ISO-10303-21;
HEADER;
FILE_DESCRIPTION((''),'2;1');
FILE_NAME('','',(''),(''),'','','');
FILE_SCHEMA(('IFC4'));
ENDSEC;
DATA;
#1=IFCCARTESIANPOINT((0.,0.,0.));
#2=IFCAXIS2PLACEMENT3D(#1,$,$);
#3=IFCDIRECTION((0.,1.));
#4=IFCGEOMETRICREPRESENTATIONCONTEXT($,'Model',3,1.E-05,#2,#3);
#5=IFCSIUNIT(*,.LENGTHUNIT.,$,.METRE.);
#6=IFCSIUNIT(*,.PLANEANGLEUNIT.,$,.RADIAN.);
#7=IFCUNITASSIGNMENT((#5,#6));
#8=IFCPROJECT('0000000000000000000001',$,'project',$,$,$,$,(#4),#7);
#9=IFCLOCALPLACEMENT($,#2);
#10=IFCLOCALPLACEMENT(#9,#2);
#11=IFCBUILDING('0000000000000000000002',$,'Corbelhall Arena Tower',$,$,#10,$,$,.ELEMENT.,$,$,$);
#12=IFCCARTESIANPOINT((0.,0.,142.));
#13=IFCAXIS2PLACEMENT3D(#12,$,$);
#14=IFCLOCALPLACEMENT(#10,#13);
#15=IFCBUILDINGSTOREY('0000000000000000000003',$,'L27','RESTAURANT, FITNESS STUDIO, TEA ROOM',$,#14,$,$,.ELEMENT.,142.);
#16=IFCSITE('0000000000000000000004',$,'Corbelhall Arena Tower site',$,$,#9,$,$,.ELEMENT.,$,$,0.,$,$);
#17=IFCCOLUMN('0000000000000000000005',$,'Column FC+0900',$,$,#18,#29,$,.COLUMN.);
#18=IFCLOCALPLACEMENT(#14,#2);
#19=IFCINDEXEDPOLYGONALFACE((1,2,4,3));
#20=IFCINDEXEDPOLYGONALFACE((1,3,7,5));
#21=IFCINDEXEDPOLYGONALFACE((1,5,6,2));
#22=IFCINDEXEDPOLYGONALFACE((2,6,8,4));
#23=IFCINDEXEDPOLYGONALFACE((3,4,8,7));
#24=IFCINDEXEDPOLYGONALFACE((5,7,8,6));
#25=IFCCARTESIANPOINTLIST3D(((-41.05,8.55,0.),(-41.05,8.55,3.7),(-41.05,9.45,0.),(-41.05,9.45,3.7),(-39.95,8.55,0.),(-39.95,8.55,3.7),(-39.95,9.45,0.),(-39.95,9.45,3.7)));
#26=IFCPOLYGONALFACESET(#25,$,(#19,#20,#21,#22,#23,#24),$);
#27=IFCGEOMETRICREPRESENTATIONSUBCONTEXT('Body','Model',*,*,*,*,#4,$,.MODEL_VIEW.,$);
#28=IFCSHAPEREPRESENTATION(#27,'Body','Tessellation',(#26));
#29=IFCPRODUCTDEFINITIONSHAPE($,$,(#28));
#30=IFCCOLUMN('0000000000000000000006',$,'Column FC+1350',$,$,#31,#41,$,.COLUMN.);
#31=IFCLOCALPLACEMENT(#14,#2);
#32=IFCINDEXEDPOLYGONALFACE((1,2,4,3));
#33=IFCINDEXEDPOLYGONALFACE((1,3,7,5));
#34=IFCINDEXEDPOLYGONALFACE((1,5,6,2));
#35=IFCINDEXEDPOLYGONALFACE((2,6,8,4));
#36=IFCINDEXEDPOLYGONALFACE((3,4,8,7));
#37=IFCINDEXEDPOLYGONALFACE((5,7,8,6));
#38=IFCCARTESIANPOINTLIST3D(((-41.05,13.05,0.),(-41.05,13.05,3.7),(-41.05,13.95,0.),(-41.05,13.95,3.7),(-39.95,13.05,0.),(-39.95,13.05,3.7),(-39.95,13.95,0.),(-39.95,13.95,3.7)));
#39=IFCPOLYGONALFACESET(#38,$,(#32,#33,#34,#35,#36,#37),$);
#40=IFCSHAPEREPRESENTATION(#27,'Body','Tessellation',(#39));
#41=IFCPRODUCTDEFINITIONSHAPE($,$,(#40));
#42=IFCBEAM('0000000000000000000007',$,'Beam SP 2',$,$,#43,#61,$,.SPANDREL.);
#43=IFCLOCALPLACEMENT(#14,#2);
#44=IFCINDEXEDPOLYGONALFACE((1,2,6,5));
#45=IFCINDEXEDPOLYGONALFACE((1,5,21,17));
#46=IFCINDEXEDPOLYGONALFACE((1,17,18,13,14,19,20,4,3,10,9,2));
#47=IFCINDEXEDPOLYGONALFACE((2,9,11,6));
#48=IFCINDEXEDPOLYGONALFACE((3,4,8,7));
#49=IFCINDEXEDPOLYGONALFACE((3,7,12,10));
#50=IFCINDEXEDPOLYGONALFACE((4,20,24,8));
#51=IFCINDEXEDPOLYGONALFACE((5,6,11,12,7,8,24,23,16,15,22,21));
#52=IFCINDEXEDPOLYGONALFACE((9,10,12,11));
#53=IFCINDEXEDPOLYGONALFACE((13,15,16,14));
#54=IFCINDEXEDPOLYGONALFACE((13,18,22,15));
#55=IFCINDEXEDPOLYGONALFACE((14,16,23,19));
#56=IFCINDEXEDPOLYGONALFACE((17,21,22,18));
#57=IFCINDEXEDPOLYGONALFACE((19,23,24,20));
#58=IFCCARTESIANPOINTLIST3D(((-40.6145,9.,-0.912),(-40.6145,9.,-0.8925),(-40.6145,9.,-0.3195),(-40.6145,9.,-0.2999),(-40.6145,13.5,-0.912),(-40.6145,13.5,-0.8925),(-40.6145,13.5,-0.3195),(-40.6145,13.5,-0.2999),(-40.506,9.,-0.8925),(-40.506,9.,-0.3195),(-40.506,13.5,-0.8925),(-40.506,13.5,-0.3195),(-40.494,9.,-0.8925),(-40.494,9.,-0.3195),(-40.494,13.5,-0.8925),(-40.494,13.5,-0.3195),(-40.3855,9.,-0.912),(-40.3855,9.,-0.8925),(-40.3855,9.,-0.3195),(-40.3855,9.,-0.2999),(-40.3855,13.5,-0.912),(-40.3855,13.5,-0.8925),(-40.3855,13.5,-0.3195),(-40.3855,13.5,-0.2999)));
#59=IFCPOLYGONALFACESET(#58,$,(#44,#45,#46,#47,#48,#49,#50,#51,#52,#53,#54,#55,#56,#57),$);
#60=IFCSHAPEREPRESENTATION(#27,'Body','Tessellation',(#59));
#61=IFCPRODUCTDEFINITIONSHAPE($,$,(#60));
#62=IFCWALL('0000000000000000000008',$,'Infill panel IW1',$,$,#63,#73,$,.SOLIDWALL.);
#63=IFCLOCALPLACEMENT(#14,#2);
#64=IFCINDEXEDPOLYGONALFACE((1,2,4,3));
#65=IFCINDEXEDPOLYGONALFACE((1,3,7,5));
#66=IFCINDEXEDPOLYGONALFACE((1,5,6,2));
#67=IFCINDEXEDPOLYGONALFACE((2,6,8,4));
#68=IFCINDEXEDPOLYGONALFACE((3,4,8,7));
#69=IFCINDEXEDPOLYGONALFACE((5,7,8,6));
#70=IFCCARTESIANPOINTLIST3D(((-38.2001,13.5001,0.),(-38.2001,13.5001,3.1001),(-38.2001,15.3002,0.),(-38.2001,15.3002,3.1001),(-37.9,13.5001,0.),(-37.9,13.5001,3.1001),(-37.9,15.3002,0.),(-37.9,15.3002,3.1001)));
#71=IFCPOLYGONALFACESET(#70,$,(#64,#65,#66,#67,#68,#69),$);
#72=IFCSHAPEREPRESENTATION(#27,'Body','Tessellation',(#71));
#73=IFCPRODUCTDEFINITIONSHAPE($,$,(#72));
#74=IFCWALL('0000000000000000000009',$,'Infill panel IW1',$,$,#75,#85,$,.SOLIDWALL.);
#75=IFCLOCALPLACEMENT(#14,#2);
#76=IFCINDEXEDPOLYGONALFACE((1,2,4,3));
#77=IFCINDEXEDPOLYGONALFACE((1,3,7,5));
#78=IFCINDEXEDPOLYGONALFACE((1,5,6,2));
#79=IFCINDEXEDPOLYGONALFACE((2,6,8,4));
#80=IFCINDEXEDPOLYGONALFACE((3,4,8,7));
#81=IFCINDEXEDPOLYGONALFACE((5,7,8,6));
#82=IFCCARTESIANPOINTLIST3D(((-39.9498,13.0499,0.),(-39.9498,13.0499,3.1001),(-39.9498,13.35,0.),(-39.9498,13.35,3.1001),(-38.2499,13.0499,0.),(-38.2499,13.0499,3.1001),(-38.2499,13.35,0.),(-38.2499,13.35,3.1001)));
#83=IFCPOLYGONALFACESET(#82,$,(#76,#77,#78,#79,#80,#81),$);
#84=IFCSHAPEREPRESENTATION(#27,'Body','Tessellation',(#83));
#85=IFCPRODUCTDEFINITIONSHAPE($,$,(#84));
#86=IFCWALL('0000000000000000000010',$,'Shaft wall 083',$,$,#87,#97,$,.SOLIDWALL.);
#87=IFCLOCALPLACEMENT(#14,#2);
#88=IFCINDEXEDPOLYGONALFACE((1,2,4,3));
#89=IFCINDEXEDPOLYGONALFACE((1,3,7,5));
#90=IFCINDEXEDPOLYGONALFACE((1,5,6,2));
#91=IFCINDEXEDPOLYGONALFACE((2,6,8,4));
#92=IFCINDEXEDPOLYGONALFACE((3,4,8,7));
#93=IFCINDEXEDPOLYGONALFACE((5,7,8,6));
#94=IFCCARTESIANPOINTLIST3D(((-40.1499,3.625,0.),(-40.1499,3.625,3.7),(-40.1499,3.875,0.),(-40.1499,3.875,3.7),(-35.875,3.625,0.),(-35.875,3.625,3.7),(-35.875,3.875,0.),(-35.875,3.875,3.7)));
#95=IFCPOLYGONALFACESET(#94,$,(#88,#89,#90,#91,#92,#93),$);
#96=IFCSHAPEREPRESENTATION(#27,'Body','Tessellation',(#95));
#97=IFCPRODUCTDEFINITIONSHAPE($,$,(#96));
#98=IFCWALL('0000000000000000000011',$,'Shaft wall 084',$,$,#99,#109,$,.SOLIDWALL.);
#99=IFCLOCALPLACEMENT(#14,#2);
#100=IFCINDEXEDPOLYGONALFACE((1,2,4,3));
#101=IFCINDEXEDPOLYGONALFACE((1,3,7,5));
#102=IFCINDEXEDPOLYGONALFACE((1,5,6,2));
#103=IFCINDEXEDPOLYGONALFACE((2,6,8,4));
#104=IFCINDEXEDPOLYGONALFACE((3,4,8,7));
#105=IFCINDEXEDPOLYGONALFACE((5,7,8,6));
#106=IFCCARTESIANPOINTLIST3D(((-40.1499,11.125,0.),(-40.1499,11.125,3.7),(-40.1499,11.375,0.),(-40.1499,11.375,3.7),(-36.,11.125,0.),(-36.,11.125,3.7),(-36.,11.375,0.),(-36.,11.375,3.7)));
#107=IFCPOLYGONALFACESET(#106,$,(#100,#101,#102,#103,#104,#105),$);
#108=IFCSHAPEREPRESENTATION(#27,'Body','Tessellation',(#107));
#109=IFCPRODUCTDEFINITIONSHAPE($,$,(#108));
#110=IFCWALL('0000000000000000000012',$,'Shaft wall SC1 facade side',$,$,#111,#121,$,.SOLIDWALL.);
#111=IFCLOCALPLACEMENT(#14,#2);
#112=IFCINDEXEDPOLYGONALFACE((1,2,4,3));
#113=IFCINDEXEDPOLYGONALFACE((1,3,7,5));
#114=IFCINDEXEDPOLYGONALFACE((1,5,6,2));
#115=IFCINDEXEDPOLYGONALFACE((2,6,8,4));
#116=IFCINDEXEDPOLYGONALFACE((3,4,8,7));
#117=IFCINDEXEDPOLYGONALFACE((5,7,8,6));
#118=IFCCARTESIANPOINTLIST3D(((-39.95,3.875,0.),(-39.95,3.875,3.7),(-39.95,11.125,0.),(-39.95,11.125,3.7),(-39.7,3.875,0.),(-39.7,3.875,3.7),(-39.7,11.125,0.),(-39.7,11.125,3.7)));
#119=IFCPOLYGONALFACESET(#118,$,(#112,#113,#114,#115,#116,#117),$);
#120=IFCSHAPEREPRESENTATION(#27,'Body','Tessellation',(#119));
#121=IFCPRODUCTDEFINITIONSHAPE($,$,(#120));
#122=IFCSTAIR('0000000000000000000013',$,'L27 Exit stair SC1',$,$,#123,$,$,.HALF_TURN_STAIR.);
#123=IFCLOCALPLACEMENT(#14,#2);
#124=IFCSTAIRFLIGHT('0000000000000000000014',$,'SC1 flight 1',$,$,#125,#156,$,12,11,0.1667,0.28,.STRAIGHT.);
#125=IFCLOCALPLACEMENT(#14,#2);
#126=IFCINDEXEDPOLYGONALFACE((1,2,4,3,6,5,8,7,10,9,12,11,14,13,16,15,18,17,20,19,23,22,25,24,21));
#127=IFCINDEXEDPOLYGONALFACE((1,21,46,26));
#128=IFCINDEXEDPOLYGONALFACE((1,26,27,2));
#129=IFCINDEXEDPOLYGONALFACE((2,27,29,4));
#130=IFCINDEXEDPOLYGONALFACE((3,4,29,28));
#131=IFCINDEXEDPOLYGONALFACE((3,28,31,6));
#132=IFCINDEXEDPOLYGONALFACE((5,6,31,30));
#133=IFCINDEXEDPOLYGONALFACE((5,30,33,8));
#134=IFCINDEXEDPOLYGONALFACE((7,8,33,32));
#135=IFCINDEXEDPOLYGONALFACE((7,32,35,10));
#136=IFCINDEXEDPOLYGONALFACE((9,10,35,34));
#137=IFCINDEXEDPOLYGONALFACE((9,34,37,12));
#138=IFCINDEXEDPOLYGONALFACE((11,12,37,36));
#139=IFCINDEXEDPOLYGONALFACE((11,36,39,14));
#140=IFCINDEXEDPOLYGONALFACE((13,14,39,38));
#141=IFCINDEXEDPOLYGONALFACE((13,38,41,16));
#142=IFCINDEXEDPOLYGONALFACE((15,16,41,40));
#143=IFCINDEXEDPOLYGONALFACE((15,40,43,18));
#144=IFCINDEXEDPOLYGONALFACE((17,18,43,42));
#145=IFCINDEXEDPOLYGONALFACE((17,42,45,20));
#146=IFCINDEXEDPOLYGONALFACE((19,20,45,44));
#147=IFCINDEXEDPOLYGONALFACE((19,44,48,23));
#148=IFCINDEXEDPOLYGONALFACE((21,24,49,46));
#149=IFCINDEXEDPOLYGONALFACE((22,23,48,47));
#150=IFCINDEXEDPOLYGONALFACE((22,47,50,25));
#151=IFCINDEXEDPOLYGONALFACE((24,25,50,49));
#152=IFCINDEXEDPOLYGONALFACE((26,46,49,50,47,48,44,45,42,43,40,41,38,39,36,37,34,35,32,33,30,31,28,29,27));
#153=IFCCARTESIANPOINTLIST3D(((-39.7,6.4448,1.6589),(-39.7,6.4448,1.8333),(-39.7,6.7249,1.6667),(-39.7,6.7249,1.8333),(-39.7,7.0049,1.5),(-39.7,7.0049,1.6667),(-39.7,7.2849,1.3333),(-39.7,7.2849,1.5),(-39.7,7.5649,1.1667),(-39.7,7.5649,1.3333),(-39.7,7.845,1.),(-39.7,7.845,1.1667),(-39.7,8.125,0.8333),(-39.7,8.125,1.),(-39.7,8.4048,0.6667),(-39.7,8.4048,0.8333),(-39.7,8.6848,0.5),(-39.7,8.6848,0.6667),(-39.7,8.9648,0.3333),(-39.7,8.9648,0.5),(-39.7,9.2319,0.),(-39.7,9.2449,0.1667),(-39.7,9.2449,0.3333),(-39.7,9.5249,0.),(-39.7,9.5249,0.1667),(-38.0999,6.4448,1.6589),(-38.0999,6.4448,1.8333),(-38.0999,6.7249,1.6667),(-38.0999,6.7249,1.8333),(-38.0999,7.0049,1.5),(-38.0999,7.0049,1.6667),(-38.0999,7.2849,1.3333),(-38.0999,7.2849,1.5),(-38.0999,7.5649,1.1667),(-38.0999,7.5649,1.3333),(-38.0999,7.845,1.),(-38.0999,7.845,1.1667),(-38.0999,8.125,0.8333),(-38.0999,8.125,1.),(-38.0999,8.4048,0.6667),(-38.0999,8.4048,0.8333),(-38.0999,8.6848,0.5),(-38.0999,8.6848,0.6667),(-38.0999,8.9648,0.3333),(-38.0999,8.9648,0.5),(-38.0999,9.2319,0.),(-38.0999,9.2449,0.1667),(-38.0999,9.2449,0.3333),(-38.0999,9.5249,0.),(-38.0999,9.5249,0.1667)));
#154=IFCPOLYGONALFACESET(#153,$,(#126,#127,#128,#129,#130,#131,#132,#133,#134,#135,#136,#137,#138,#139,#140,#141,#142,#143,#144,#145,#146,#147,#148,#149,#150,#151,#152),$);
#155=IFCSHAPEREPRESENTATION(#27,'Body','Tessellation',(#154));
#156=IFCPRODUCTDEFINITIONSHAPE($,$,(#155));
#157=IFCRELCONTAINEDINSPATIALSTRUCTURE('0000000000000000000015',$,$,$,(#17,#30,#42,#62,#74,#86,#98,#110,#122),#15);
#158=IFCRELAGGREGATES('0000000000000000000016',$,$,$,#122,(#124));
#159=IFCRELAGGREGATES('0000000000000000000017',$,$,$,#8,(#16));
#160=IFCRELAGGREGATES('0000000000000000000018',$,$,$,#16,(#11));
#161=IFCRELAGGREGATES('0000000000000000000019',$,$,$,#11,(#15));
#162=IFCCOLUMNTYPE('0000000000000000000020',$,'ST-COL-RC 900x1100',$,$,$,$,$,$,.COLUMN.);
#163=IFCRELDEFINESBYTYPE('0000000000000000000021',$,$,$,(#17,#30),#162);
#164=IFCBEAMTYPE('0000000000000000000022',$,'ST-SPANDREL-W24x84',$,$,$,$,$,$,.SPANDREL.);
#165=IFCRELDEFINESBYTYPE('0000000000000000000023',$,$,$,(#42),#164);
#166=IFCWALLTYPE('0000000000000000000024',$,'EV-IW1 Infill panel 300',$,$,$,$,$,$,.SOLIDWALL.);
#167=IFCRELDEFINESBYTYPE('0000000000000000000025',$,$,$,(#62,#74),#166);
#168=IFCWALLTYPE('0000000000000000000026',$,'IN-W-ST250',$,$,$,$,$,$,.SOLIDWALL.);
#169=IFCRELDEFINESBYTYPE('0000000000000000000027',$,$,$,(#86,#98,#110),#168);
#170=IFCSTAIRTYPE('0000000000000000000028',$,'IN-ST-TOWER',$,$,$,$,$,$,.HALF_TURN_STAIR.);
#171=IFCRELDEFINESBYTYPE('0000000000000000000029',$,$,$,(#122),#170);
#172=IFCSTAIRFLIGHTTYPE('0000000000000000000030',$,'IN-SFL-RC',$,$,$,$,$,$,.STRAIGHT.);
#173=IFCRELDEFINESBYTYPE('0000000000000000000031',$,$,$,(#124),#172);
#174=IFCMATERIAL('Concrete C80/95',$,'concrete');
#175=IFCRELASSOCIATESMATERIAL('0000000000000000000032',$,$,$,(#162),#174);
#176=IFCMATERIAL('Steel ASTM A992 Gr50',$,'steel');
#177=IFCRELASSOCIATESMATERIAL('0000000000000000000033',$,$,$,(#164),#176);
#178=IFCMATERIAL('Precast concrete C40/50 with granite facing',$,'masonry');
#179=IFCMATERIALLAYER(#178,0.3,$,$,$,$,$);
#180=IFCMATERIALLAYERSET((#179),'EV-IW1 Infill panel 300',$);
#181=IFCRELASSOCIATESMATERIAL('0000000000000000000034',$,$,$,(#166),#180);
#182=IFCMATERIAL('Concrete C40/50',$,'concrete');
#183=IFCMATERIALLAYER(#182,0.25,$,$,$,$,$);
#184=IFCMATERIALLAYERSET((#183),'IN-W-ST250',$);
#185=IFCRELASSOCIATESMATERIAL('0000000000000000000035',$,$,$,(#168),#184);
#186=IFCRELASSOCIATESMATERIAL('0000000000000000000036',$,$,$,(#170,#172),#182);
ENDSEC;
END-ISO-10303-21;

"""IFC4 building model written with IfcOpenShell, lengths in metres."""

from ifc_helpers import new_model, si_unit, direction, frame, frame_2d, origin, origin_2d, place, context, subcontext, project, spatial, polyline, rectangle, i_section, outline, extrude, material, layer, layer_set, material_profile, profile_set, type_object, element, aggregate, save


model = new_model("IFC4")

# Units and contexts
model_context = context("Model", 3, precision=1e-05, world=origin(), true_north=direction((0.0, 1.0)))
body_context = subcontext(model_context, "Body", "Model", "MODEL_VIEW")
ifc_project = project(units=[si_unit("LENGTHUNIT", "METRE"), si_unit("PLANEANGLEUNIT", "RADIAN")], contexts=[model_context])

# Site, building, storey
site_placement = place(None, origin())
site = spatial("IfcSite", under=ifc_project, at=site_placement, Name="Corbelhall Arena Tower site", CompositionType="ELEMENT", RefElevation=0.0)
building_placement = place(site_placement, origin())
building = spatial("IfcBuilding", under=site, at=building_placement, Name="Corbelhall Arena Tower", CompositionType="ELEMENT")
storey_placement = place(building_placement, frame((0.0, 0.0, 142.0)))
storey = spatial("IfcBuildingStorey", under=building, at=storey_placement, Name="L27", Description="RESTAURANT, FITNESS STUDIO, TEA ROOM", CompositionType="ELEMENT", Elevation=142.0)

# Columns
ifc_material_1 = material(Name="Concrete C80/95", Category="concrete")
ifc_material_profile_1 = material_profile(ifc_material_1, rectangle(XDim=0.8999, YDim=1.1001, at=origin_2d()))
ifc_profile_set_1 = profile_set([ifc_material_profile_1], Name="Concrete C80/95")
column_type = type_object("IfcColumnType", Name="ST-COL-RC 900x1100", PredefinedType="COLUMN", material=ifc_profile_set_1)
for number, where, z_axis, x_axis, name in (
    (1, (-40.5, 9.0, 0.0), (0.0, 0.0, 1.0), (0.0, 1.0, 0.0), "Column FC+0900"),
    (2, (-40.5, 13.5, 0.0), (0.0, 0.0, 1.0), (0.0, 1.0, 0.0), "Column FC+1350"),
):
    element("IfcColumn", number, at=place(storey_placement, frame(where, z_axis=z_axis, x_axis=x_axis)), inside=storey, type_object=column_type, Name=name, PredefinedType="COLUMN", context=body_context, shape_type="SweptSolid", body=[
        extrude(rectangle(XDim=0.8999, YDim=1.1001, at=origin_2d()), origin(), (0.0, 0.0, 1.0), 3.7),
    ])

# Beam
ifc_material_2 = material(Name="Steel ASTM A992 Gr50", Category="steel")
ifc_material_profile_2 = material_profile(ifc_material_2, i_section(OverallWidth=0.229, OverallDepth=0.6121, WebThickness=0.012, FlangeThickness=0.0195, at=origin_2d()))
ifc_profile_set_2 = profile_set([ifc_material_profile_2], Name="Steel ASTM A992 Gr50")
beam_type = type_object("IfcBeamType", Name="ST-SPANDREL-W24x84", PredefinedType="SPANDREL", material=ifc_profile_set_2)
beam_placement = place(storey_placement, frame((-40.5, 9.0, -0.606), z_axis=(0.0, 1.0, 0.0), x_axis=(-1.0, 0.0, 0.0)))
element("IfcBeam", 3, at=beam_placement, inside=storey, type_object=beam_type, Name="Beam SP 2", PredefinedType="SPANDREL", context=body_context, shape_type="SweptSolid", body=[
    extrude(i_section(OverallWidth=0.229, OverallDepth=0.6121, WebThickness=0.012, FlangeThickness=0.0195, at=origin_2d()), origin(), (0.0, 0.0, 1.0), 4.5),
])

# Walls
ifc_material_3 = material(Name="Precast concrete C40/50 with granite facing", Category="masonry")
ifc_layer_1 = layer(ifc_material_3, 0.3)
ifc_layer_set_1 = layer_set([ifc_layer_1], Name="EV-IW1 Infill panel 300")
wall_type_1 = type_object("IfcWallType", Name="EV-IW1 Infill panel 300", PredefinedType="SOLIDWALL", material=ifc_layer_set_1)
wall_1_placement = place(storey_placement, frame((-38.05, 15.3, 0.0), z_axis=(0.0, 0.0, 1.0), x_axis=(0.0, -1.0, 0.0)))
element("IfcWall", 4, at=wall_1_placement, inside=storey, type_object=wall_type_1, Name="Infill panel IW1", PredefinedType="SOLIDWALL", context=body_context, shape_type="SweptSolid", body=[
    extrude(rectangle(XDim=1.8, YDim=0.3, at=frame_2d((0.8999, 0.0))), origin(), (0.0, 0.0, 1.0), 3.1001),
])
wall_2_placement = place(storey_placement, frame((-39.95, 13.2, 0.0), z_axis=(0.0, 0.0, 1.0), x_axis=(1.0, 0.0, 0.0)))
element("IfcWall", 5, at=wall_2_placement, inside=storey, type_object=wall_type_1, Name="Infill panel IW1", PredefinedType="SOLIDWALL", context=body_context, shape_type="SweptSolid", body=[
    extrude(rectangle(XDim=1.7, YDim=0.3, at=frame_2d((0.8501, 0.0))), origin(), (0.0, 0.0, 1.0), 3.1001),
])

# Walls
ifc_material_4 = material(Name="Concrete C40/50", Category="concrete")
ifc_layer_2 = layer(ifc_material_4, 0.25)
ifc_layer_set_2 = layer_set([ifc_layer_2], Name="IN-W-ST250")
wall_type_2 = type_object("IfcWallType", Name="IN-W-ST250", PredefinedType="SOLIDWALL", material=ifc_layer_set_2)
wall_3_placement = place(storey_placement, frame((-40.1499, 3.75, 0.0), z_axis=(0.0, 0.0, 1.0), x_axis=(1.0, 0.0, 0.0)))
element("IfcWall", 6, at=wall_3_placement, inside=storey, type_object=wall_type_2, Name="Shaft wall 083", PredefinedType="SOLIDWALL", context=body_context, shape_type="SweptSolid", body=[
    extrude(rectangle(XDim=4.2749, YDim=0.25, at=frame_2d((2.1375, 0.0))), origin(), (0.0, 0.0, 1.0), 3.7),
])
wall_4_placement = place(storey_placement, frame((-40.1499, 11.25, 0.0), z_axis=(0.0, 0.0, 1.0), x_axis=(1.0, 0.0, 0.0)))
element("IfcWall", 7, at=wall_4_placement, inside=storey, type_object=wall_type_2, Name="Shaft wall 084", PredefinedType="SOLIDWALL", context=body_context, shape_type="SweptSolid", body=[
    extrude(rectangle(XDim=4.1499, YDim=0.25, at=frame_2d((2.075, 0.0))), origin(), (0.0, 0.0, 1.0), 3.7),
])
wall_5_placement = place(storey_placement, frame((-39.825, 3.875, 0.0), z_axis=(0.0, 0.0, 1.0), x_axis=(0.0, 1.0, 0.0)))
element("IfcWall", 8, at=wall_5_placement, inside=storey, type_object=wall_type_2, Name="Shaft wall SC1 facade side", PredefinedType="SOLIDWALL", context=body_context, shape_type="SweptSolid", body=[
    extrude(rectangle(XDim=7.25, YDim=0.25, at=frame_2d((3.625, 0.0))), origin(), (0.0, 0.0, 1.0), 3.7),
])

# Stair, stair flight
stair_type = type_object("IfcStairType", Name="IN-ST-TOWER", PredefinedType="HALF_TURN_STAIR", material=ifc_material_4)
stair_placement = place(storey_placement, origin())
stair = element("IfcStair", 9, at=stair_placement, inside=storey, type_object=stair_type, Name="L27 Exit stair SC1", PredefinedType="HALF_TURN_STAIR")
stair_flight_type = type_object("IfcStairFlightType", Name="IN-SFL-RC", PredefinedType="STRAIGHT", material=ifc_material_4)
stair_flight_1_placement = place(storey_placement, frame((-38.8999, 9.5249, 0.0), z_axis=(0.0, 0.0, 1.0), x_axis=(0.0, -1.0, 0.0)))
stair_flight_1 = element("IfcStairFlight", 10, at=stair_flight_1_placement, type_object=stair_flight_type, Name="SC1 flight 1", NumberOfRisers=12, NumberOfTreads=11, PredefinedType="STRAIGHT", RiserHeight=0.1667, TreadLength=0.28, context=body_context, shape_type="SweptSolid", body=[
    extrude(outline(polyline([(0.0, 0.0), (0.0, 0.1667), (0.28, 0.1667), (0.28, 0.3333), (0.5601, 0.3333), (0.5601, 0.5), (0.8401, 0.5), (0.8401, 0.6667), (1.1201, 0.6667), (1.1201, 0.8333), (1.3999, 0.8333), (1.3999, 1.0), (1.6799, 1.0), (1.6799, 1.1667), (1.96, 1.1667), (1.96, 1.3333), (2.24, 1.3333), (2.24, 1.5), (2.52, 1.5), (2.52, 1.6667), (2.8, 1.6667), (2.8, 1.8333), (3.0801, 1.8333), (3.0801, 2.0), (3.0801, 1.6589), (0.293, 0.0), (0.0, 0.0)])), frame((0.0, 0.8, 0.0), z_axis=(0.0, -1.0, 0.0), x_axis=(1.0, 0.0, 0.0)), (0.0, 0.0, 1.0), 1.6001),
])
aggregate(stair, [stair_flight_1])

save(model, "model.ifc")
